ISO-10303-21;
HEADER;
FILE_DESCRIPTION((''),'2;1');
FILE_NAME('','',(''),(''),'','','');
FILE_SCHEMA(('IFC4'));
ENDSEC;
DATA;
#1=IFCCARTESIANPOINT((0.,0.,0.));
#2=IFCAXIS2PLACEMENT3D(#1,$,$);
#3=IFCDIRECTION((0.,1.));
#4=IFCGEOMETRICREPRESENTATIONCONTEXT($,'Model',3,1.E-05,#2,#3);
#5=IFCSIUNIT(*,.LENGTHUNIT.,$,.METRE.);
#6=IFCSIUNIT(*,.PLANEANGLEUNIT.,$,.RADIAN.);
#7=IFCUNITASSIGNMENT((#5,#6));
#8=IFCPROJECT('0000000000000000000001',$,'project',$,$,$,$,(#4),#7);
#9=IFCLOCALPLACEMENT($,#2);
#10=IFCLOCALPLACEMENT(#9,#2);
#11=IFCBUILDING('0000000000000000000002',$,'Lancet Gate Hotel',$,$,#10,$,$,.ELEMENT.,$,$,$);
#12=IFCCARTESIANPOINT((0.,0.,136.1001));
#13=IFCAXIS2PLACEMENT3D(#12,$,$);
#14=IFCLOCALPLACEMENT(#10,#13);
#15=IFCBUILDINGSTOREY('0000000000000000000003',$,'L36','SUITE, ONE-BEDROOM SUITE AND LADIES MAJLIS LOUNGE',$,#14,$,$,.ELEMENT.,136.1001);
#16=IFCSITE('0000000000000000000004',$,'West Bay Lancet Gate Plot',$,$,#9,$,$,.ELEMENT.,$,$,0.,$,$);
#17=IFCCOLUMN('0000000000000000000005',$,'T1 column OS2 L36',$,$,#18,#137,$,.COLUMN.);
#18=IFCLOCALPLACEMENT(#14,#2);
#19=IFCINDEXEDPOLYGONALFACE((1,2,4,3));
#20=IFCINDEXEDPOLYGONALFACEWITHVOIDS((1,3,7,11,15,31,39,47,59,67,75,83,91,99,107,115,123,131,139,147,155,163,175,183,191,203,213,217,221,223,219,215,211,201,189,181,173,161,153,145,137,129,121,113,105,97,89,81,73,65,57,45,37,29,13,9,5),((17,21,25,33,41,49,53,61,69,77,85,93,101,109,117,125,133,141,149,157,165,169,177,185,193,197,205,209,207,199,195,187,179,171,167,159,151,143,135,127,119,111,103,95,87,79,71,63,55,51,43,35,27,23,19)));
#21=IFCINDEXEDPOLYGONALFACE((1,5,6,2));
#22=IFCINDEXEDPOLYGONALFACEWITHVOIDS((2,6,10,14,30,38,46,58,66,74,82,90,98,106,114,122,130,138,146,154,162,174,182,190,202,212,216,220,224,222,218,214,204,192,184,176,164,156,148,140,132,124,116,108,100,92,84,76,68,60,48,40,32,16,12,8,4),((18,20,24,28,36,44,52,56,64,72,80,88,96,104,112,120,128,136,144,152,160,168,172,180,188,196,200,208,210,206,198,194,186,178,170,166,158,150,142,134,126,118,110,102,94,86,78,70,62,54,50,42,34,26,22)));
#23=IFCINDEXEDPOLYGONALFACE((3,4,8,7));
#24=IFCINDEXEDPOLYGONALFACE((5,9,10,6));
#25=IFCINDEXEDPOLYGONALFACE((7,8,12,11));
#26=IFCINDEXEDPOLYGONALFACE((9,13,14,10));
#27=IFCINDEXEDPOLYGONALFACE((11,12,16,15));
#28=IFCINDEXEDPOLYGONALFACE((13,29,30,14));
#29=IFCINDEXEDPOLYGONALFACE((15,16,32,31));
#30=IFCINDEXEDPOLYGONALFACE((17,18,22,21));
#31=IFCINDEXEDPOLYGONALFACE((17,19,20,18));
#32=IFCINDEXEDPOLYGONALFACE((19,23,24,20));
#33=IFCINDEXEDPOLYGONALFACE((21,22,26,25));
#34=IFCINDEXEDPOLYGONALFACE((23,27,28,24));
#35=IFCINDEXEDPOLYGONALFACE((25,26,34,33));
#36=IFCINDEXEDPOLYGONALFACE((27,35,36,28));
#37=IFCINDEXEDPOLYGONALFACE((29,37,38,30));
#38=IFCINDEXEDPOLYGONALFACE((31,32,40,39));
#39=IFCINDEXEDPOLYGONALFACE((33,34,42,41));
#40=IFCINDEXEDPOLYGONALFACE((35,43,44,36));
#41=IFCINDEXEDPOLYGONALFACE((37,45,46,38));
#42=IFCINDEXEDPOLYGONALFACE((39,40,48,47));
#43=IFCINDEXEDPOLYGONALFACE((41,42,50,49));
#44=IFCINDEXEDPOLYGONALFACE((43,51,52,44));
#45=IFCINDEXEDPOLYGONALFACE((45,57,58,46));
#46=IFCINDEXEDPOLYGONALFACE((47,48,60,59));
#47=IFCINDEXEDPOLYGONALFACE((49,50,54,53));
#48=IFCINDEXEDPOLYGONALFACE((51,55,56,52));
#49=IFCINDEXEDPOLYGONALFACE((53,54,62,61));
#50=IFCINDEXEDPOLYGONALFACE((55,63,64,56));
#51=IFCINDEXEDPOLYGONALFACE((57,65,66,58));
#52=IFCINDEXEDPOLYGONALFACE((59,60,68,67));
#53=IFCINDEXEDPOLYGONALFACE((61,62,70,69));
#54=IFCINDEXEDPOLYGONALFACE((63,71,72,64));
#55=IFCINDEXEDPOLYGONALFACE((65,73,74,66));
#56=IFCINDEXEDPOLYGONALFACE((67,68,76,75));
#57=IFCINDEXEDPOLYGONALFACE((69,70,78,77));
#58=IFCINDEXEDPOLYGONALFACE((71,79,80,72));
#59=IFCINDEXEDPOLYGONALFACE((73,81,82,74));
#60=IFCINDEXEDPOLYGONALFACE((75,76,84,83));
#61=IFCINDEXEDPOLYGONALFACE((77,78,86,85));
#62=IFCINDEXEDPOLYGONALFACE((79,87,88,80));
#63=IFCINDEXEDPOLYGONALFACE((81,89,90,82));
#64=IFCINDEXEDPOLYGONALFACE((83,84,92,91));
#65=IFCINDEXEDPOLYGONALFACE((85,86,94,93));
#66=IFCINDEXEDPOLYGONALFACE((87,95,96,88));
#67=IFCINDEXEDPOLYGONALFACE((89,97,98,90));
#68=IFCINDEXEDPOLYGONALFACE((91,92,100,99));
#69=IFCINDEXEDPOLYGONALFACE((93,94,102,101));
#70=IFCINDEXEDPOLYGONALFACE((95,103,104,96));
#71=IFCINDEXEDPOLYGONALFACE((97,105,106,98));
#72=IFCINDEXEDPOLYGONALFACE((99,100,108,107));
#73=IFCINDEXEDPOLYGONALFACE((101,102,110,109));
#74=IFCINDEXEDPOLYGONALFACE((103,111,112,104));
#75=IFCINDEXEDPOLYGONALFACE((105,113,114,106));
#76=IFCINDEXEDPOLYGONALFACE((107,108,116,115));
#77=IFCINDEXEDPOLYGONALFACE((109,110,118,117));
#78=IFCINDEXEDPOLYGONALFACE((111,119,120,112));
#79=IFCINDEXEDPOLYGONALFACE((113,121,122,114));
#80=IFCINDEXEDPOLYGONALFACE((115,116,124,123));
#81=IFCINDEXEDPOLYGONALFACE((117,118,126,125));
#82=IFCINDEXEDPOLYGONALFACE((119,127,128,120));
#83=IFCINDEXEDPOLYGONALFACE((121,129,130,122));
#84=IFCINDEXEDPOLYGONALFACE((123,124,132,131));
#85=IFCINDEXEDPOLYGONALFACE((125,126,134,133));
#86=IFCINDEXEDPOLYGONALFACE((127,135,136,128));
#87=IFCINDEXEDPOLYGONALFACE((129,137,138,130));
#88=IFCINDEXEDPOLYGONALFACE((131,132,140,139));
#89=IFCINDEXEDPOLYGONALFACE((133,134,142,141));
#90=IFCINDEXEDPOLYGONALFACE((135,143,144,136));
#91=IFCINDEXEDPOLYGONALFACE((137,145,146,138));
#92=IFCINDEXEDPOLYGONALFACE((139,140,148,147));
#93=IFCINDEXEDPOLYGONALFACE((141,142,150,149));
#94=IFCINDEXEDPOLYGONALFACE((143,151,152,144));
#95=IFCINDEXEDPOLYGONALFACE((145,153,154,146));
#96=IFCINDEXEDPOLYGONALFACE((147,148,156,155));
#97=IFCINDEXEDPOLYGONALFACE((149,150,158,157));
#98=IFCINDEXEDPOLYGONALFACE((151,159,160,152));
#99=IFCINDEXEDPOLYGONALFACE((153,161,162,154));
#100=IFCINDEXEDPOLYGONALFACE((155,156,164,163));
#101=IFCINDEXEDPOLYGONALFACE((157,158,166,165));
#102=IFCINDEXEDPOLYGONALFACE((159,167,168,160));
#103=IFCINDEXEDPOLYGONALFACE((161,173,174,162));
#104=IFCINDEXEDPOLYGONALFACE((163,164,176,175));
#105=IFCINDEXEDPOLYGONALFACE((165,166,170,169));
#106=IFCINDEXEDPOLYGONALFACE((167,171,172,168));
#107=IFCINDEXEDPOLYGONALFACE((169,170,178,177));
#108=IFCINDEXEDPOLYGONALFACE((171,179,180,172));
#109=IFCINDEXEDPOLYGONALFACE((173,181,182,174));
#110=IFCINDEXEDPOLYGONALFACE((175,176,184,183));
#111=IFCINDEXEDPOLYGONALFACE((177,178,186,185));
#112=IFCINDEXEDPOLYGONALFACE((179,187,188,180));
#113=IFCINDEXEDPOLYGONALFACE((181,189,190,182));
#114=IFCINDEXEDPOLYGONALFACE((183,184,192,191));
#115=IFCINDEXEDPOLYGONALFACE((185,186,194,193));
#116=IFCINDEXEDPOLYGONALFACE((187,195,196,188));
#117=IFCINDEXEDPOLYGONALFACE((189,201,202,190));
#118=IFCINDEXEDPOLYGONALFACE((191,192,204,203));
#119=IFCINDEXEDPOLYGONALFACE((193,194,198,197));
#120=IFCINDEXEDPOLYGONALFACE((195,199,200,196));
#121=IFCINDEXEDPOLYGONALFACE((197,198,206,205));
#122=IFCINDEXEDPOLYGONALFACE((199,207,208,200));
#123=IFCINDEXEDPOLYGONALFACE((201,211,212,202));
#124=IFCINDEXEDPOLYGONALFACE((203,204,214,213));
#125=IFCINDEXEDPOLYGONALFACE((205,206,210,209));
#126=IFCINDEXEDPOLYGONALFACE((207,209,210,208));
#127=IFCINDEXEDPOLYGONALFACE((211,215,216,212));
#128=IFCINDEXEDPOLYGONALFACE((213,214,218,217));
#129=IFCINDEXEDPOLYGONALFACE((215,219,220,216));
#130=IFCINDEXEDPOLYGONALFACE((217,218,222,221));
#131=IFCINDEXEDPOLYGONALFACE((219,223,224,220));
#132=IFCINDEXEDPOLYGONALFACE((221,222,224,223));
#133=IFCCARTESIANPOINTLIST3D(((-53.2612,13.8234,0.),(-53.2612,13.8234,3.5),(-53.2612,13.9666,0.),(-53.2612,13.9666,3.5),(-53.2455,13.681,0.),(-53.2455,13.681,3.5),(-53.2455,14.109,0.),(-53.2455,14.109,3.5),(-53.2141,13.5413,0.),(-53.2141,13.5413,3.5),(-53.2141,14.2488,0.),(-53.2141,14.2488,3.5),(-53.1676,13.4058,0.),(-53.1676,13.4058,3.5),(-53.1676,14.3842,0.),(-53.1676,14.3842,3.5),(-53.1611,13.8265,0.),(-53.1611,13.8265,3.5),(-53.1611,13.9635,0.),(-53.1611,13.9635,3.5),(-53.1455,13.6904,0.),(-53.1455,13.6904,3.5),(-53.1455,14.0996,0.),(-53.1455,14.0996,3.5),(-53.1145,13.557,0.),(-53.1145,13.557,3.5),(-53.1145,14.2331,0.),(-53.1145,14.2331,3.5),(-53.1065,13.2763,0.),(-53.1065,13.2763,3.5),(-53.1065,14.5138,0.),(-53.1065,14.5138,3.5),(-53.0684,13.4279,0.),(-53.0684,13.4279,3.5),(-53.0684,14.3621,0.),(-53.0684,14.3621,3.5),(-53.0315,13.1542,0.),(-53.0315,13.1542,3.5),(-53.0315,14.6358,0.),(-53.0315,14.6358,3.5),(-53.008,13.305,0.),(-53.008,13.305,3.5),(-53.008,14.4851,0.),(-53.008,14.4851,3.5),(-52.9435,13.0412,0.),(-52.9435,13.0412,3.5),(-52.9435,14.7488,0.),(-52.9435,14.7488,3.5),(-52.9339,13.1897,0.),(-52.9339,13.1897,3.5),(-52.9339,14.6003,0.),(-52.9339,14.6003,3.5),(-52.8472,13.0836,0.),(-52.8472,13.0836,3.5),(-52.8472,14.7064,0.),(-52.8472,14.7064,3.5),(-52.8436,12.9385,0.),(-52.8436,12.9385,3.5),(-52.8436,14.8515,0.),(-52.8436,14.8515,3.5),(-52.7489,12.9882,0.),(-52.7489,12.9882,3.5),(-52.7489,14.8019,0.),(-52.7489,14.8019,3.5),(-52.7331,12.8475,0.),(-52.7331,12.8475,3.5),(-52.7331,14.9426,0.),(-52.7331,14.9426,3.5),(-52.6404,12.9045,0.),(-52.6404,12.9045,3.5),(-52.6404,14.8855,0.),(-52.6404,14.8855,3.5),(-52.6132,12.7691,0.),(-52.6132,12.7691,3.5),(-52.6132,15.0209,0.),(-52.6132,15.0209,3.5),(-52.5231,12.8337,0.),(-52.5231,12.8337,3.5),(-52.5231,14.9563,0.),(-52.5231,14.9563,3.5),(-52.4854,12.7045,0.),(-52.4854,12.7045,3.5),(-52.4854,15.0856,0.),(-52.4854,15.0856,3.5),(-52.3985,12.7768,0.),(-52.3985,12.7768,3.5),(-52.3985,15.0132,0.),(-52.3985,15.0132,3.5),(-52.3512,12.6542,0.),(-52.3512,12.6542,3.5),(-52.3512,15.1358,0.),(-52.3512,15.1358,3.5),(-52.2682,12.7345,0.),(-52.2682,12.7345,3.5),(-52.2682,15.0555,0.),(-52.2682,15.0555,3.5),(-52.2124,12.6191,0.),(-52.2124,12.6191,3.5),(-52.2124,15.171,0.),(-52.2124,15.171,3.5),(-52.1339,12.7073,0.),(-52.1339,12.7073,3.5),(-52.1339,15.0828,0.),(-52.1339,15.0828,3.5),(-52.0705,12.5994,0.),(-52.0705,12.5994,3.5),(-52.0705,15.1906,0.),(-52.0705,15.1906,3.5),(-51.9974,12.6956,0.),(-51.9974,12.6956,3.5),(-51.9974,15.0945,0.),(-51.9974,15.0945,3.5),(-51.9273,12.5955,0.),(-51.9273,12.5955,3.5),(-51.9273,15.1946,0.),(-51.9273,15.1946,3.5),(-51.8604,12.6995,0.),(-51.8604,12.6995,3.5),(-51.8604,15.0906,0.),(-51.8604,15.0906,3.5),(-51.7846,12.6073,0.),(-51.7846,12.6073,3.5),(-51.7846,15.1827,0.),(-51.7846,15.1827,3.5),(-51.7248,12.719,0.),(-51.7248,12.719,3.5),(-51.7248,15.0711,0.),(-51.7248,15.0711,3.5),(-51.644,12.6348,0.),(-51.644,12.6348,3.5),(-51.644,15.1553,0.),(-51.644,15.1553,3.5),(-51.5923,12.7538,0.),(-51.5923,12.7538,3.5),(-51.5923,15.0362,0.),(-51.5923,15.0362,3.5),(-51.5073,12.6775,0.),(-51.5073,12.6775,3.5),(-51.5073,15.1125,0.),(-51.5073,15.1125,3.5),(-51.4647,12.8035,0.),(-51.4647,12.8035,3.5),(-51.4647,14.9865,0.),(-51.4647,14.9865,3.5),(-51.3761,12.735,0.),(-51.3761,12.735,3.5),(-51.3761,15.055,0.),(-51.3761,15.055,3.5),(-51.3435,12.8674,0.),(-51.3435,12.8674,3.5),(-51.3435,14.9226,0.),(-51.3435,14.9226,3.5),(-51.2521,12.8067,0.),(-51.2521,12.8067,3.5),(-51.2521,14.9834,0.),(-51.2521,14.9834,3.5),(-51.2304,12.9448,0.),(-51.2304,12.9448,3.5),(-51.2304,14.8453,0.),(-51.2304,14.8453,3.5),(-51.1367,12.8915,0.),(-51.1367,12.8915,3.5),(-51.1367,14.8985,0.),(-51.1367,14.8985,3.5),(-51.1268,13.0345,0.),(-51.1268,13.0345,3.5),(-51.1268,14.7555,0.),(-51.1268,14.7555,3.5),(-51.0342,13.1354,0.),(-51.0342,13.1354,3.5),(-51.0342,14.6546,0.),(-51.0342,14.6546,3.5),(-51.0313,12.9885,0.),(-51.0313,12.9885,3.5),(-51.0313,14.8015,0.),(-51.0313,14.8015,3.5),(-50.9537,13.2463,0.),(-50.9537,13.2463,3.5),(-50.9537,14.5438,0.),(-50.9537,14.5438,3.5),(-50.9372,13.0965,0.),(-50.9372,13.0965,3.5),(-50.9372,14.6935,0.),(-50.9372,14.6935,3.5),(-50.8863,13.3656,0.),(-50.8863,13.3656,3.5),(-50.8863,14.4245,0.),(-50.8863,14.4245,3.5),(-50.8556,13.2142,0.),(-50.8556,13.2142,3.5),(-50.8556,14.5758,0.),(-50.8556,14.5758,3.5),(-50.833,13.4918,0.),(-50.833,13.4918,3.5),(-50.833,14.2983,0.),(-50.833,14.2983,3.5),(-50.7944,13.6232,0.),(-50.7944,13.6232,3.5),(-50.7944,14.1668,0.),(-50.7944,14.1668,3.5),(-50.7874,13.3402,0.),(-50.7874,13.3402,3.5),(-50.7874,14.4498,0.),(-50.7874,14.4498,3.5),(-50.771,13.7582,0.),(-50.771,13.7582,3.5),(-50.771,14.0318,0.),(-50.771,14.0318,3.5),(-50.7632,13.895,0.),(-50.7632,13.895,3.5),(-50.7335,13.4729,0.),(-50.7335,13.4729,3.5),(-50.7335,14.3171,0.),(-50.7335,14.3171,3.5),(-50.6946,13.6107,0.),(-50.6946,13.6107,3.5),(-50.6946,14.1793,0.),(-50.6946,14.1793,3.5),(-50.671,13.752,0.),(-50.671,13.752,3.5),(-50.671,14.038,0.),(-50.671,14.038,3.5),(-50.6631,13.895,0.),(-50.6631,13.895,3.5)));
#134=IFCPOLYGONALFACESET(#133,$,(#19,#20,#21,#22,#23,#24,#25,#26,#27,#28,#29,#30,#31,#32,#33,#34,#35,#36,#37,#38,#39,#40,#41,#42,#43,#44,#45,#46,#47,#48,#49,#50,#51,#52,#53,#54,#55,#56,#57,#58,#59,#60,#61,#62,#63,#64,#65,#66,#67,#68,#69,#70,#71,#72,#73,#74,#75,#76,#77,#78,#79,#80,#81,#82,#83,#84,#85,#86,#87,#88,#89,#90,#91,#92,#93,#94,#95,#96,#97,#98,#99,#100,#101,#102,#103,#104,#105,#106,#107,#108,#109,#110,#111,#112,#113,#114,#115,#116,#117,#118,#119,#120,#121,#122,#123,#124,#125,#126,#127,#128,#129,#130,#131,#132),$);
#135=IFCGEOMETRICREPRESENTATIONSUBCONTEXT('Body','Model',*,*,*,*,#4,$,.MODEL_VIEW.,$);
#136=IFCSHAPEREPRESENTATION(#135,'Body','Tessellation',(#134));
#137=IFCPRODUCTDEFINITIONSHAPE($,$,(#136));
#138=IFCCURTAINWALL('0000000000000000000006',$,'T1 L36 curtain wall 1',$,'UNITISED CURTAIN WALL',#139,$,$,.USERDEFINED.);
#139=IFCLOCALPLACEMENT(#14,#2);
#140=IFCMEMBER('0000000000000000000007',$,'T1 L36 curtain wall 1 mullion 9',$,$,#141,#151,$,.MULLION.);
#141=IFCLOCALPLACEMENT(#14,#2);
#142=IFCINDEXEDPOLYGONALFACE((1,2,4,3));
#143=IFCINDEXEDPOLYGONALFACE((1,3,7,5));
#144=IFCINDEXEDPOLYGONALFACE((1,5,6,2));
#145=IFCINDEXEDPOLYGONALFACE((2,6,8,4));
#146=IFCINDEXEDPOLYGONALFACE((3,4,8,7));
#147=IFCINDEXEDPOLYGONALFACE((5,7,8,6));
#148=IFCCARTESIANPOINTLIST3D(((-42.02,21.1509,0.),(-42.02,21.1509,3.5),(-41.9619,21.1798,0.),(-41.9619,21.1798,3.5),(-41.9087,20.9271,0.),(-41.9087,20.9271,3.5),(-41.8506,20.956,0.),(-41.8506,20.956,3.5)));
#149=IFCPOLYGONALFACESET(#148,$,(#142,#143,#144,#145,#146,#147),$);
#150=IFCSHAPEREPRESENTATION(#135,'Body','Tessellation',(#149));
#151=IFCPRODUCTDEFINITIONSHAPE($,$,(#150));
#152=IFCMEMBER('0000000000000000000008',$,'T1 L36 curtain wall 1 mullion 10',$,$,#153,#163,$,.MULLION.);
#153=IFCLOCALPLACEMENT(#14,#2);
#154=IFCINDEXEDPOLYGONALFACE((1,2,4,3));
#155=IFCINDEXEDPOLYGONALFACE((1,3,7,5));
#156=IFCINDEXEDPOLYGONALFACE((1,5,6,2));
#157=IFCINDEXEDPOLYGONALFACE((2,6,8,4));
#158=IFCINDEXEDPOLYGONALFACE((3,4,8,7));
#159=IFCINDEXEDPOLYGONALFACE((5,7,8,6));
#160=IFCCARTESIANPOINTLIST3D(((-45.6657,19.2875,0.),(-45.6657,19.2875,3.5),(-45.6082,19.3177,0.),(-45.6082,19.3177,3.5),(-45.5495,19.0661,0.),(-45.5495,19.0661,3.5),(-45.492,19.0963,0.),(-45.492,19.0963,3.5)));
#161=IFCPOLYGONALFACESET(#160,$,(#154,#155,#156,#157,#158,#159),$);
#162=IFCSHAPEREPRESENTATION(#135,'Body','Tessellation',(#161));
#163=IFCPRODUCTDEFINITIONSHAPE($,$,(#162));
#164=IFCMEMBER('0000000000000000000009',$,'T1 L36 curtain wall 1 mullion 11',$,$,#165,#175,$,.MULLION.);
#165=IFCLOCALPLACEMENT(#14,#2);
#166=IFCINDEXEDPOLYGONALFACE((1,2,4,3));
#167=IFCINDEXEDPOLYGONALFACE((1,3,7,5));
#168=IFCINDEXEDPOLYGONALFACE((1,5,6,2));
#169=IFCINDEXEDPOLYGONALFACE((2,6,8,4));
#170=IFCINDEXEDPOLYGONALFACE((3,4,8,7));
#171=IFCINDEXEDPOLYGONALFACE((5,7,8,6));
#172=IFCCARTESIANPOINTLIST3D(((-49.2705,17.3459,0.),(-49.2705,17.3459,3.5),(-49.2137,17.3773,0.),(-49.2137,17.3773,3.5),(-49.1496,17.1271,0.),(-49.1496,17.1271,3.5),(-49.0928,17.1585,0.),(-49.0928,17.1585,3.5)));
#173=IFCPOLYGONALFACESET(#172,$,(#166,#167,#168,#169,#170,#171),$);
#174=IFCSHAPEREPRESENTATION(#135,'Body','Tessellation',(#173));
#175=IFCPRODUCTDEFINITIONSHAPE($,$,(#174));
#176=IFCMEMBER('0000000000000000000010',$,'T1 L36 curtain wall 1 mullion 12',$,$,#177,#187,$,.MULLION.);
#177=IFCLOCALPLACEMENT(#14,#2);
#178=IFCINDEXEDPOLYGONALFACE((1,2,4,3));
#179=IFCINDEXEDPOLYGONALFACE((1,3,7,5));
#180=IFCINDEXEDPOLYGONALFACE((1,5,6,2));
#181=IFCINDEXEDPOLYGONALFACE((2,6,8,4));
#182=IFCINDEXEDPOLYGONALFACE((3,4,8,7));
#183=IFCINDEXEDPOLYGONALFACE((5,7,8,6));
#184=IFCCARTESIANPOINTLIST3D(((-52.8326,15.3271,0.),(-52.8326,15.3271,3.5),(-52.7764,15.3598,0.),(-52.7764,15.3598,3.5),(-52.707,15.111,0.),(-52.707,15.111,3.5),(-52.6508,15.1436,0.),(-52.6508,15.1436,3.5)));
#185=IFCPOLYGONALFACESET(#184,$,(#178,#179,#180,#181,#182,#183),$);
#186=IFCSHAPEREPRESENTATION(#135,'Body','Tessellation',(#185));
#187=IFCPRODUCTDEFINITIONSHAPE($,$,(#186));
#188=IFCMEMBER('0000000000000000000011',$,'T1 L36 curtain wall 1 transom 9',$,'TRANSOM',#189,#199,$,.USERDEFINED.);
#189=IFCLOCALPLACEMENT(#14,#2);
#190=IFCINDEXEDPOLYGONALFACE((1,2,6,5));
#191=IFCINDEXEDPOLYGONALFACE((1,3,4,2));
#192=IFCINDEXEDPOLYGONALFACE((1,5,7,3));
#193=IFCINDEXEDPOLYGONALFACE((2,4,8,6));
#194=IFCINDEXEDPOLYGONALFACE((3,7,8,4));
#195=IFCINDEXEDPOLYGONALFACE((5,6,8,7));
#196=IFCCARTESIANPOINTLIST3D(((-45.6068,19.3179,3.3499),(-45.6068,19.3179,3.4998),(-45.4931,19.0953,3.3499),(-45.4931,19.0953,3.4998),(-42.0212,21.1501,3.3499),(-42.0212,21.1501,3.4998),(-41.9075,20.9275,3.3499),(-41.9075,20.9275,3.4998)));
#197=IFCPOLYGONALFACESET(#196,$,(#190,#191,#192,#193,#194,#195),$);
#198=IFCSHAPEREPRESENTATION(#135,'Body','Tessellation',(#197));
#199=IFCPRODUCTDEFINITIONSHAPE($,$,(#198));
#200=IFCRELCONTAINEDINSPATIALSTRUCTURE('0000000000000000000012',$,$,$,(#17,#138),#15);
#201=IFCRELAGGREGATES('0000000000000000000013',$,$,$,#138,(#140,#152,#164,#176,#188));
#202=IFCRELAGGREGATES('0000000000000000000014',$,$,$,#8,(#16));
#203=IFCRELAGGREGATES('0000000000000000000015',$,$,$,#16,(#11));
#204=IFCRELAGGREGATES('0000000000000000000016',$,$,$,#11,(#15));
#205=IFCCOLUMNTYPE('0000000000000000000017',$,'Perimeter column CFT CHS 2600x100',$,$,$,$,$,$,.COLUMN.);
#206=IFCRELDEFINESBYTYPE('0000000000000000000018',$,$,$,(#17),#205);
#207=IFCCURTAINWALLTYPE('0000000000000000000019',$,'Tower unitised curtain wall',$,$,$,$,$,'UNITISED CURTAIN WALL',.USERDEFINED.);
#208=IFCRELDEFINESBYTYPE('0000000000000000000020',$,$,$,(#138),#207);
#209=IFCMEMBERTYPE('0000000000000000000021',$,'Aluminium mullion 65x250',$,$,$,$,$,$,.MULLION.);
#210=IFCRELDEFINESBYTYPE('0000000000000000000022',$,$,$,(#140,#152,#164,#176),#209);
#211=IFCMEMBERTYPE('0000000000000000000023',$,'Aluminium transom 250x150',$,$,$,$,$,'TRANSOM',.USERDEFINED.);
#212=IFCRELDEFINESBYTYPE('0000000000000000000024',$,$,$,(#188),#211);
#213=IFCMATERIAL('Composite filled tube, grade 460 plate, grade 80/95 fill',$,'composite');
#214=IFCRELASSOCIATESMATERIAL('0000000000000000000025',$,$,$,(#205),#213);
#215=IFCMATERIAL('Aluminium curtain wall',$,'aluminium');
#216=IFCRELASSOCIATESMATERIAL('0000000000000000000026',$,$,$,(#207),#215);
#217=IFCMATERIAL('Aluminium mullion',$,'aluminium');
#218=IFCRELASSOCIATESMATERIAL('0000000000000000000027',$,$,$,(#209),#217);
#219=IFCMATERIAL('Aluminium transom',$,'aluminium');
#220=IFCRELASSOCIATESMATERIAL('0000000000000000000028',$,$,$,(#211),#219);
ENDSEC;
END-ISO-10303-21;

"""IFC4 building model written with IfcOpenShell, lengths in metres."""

from ifc_helpers import new_model, si_unit, direction, frame, origin, origin_2d, place, context, subcontext, project, spatial, rectangle, hollow_circle, extrude, material, material_profile, profile_set, type_object, element, aggregate, save


model = new_model("IFC4")

# Units and contexts
model_context = context("Model", 3, precision=1e-05, world=origin(), true_north=direction((0.0, 1.0)))
body_context = subcontext(model_context, "Body", "Model", "MODEL_VIEW")
ifc_project = project(units=[si_unit("LENGTHUNIT", "METRE"), si_unit("PLANEANGLEUNIT", "RADIAN")], contexts=[model_context])

# Site, building, storey
site_placement = place(None, origin())
site = spatial("IfcSite", under=ifc_project, at=site_placement, Name="West Bay Lancet Gate Plot", CompositionType="ELEMENT", RefElevation=0.0)
building_placement = place(site_placement, origin())
building = spatial("IfcBuilding", under=site, at=building_placement, Name="Lancet Gate Hotel", CompositionType="ELEMENT")
storey_placement = place(building_placement, frame((0.0, 0.0, 136.1001)))
storey = spatial("IfcBuildingStorey", under=building, at=storey_placement, Name="L36", Description="SUITE, ONE-BEDROOM SUITE AND LADIES MAJLIS LOUNGE", CompositionType="ELEMENT", Elevation=136.1001)

# Column
ifc_material_1 = material(Name="Composite filled tube, grade 460 plate, grade 80/95 fill", Category="composite")
ifc_material_profile_1 = material_profile(ifc_material_1, hollow_circle(Radius=1.3, WallThickness=0.1001, at=origin_2d()), Name="CHS 2600x100")
ifc_profile_set_1 = profile_set([ifc_material_profile_1], Name="Composite filled tube, grade 460 plate, grade 80/95 fill")
column_type = type_object("IfcColumnType", Name="Perimeter column CFT CHS 2600x100", PredefinedType="COLUMN", material=ifc_profile_set_1)
for number, where, z_axis, x_axis, name in (
    (1, (-51.9631, 13.895, 0.0), (0.0, 0.0, 1.0), (1.0, 0.0, 0.0), "T1 column OS2 L36"),
):
    element("IfcColumn", number, at=place(storey_placement, frame(where, z_axis=z_axis, x_axis=x_axis)), inside=storey, type_object=column_type, Name=name, PredefinedType="COLUMN", context=body_context, shape_type="SweptSolid", body=[
        extrude(hollow_circle(Radius=1.3, WallThickness=0.1001, at=origin_2d()), origin(), (0.0, 0.0, 1.0), 3.5),
    ])

# Curtain wall, members
ifc_material_2 = material(Name="Aluminium curtain wall", Category="aluminium")
curtain_wall_type = type_object("IfcCurtainWallType", Name="Tower unitised curtain wall", ElementType="UNITISED CURTAIN WALL", PredefinedType="USERDEFINED", material=ifc_material_2)
curtain_wall_placement = place(storey_placement, origin())
curtain_wall = element("IfcCurtainWall", 2, at=curtain_wall_placement, inside=storey, type_object=curtain_wall_type, Name="T1 L36 curtain wall 1", ObjectType="UNITISED CURTAIN WALL", PredefinedType="USERDEFINED")
ifc_material_3 = material(Name="Aluminium mullion", Category="aluminium")
ifc_material_profile_2 = material_profile(ifc_material_3, rectangle(XDim=0.0649, YDim=0.25, at=origin_2d()), Name="MULLION 65x250")
ifc_profile_set_2 = profile_set([ifc_material_profile_2], Name="Aluminium mullion")
member_type_1 = type_object("IfcMemberType", Name="Aluminium mullion 65x250", PredefinedType="MULLION", material=ifc_profile_set_2)
member_1_placement = place(storey_placement, frame((-41.9353, 21.0535, 0.0), z_axis=(0.0, 0.0, 1.0), x_axis=(-0.895339, -0.445384, 0.0)))
member_1 = element("IfcMember", 3, at=member_1_placement, type_object=member_type_1, Name="T1 L36 curtain wall 1 mullion 9", PredefinedType="MULLION", context=body_context, shape_type="SweptSolid", body=[
    extrude(rectangle(XDim=0.0649, YDim=0.25, at=origin_2d()), origin(), (0.0, 0.0, 1.0), 3.5),
])
member_2_placement = place(storey_placement, frame((-45.5789, 19.1919, 0.0), z_axis=(0.0, 0.0, 1.0), x_axis=(-0.885544, -0.464555, 0.0)))
member_2 = element("IfcMember", 4, at=member_2_placement, type_object=member_type_1, Name="T1 L36 curtain wall 1 mullion 10", PredefinedType="MULLION", context=body_context, shape_type="SweptSolid", body=[
    extrude(rectangle(XDim=0.0649, YDim=0.25, at=origin_2d()), origin(), (0.0, 0.0, 1.0), 3.5),
])
member_3_placement = place(storey_placement, frame((-49.1816, 17.2522, 0.0), z_axis=(0.0, 0.0, 1.0), x_axis=(-0.875339, -0.48351, 0.0)))
member_3 = element("IfcMember", 5, at=member_3_placement, type_object=member_type_1, Name="T1 L36 curtain wall 1 mullion 11", PredefinedType="MULLION", context=body_context, shape_type="SweptSolid", body=[
    extrude(rectangle(XDim=0.0649, YDim=0.25, at=origin_2d()), origin(), (0.0, 0.0, 1.0), 3.5),
])
member_4_placement = place(storey_placement, frame((-52.7417, 15.2354, 0.0), z_axis=(0.0, 0.0, 1.0), x_axis=(-0.864728, -0.502241, 0.0)))
member_4 = element("IfcMember", 6, at=member_4_placement, type_object=member_type_1, Name="T1 L36 curtain wall 1 mullion 12", PredefinedType="MULLION", context=body_context, shape_type="SweptSolid", body=[
    extrude(rectangle(XDim=0.0649, YDim=0.25, at=origin_2d()), origin(), (0.0, 0.0, 1.0), 3.5),
])
ifc_material_4 = material(Name="Aluminium transom", Category="aluminium")
ifc_material_profile_3 = material_profile(ifc_material_4, rectangle(XDim=0.25, YDim=0.1499, at=origin_2d()), Name="TRANSOM 250x150")
ifc_profile_set_3 = profile_set([ifc_material_profile_3], Name="Aluminium transom")
member_type_2 = type_object("IfcMemberType", Name="Aluminium transom 250x150", ElementType="TRANSOM", PredefinedType="USERDEFINED", material=ifc_profile_set_3)
member_5_placement = place(storey_placement, frame((-41.9644, 21.0388, 3.4248), z_axis=(-0.890476, -0.45503, 0.0), x_axis=(0.45503, -0.890476, 0.0)))
member_5 = element("IfcMember", 7, at=member_5_placement, type_object=member_type_2, Name="T1 L36 curtain wall 1 transom 9", ObjectType="TRANSOM", PredefinedType="USERDEFINED", context=body_context, shape_type="SweptSolid", body=[
    extrude(rectangle(XDim=0.25, YDim=0.1499, at=origin_2d()), origin(), (0.0, 0.0, 1.0), 4.0266),
])

aggregate(curtain_wall, [member_1, member_2, member_3, member_4, member_5])

save(model, "model.ifc")
